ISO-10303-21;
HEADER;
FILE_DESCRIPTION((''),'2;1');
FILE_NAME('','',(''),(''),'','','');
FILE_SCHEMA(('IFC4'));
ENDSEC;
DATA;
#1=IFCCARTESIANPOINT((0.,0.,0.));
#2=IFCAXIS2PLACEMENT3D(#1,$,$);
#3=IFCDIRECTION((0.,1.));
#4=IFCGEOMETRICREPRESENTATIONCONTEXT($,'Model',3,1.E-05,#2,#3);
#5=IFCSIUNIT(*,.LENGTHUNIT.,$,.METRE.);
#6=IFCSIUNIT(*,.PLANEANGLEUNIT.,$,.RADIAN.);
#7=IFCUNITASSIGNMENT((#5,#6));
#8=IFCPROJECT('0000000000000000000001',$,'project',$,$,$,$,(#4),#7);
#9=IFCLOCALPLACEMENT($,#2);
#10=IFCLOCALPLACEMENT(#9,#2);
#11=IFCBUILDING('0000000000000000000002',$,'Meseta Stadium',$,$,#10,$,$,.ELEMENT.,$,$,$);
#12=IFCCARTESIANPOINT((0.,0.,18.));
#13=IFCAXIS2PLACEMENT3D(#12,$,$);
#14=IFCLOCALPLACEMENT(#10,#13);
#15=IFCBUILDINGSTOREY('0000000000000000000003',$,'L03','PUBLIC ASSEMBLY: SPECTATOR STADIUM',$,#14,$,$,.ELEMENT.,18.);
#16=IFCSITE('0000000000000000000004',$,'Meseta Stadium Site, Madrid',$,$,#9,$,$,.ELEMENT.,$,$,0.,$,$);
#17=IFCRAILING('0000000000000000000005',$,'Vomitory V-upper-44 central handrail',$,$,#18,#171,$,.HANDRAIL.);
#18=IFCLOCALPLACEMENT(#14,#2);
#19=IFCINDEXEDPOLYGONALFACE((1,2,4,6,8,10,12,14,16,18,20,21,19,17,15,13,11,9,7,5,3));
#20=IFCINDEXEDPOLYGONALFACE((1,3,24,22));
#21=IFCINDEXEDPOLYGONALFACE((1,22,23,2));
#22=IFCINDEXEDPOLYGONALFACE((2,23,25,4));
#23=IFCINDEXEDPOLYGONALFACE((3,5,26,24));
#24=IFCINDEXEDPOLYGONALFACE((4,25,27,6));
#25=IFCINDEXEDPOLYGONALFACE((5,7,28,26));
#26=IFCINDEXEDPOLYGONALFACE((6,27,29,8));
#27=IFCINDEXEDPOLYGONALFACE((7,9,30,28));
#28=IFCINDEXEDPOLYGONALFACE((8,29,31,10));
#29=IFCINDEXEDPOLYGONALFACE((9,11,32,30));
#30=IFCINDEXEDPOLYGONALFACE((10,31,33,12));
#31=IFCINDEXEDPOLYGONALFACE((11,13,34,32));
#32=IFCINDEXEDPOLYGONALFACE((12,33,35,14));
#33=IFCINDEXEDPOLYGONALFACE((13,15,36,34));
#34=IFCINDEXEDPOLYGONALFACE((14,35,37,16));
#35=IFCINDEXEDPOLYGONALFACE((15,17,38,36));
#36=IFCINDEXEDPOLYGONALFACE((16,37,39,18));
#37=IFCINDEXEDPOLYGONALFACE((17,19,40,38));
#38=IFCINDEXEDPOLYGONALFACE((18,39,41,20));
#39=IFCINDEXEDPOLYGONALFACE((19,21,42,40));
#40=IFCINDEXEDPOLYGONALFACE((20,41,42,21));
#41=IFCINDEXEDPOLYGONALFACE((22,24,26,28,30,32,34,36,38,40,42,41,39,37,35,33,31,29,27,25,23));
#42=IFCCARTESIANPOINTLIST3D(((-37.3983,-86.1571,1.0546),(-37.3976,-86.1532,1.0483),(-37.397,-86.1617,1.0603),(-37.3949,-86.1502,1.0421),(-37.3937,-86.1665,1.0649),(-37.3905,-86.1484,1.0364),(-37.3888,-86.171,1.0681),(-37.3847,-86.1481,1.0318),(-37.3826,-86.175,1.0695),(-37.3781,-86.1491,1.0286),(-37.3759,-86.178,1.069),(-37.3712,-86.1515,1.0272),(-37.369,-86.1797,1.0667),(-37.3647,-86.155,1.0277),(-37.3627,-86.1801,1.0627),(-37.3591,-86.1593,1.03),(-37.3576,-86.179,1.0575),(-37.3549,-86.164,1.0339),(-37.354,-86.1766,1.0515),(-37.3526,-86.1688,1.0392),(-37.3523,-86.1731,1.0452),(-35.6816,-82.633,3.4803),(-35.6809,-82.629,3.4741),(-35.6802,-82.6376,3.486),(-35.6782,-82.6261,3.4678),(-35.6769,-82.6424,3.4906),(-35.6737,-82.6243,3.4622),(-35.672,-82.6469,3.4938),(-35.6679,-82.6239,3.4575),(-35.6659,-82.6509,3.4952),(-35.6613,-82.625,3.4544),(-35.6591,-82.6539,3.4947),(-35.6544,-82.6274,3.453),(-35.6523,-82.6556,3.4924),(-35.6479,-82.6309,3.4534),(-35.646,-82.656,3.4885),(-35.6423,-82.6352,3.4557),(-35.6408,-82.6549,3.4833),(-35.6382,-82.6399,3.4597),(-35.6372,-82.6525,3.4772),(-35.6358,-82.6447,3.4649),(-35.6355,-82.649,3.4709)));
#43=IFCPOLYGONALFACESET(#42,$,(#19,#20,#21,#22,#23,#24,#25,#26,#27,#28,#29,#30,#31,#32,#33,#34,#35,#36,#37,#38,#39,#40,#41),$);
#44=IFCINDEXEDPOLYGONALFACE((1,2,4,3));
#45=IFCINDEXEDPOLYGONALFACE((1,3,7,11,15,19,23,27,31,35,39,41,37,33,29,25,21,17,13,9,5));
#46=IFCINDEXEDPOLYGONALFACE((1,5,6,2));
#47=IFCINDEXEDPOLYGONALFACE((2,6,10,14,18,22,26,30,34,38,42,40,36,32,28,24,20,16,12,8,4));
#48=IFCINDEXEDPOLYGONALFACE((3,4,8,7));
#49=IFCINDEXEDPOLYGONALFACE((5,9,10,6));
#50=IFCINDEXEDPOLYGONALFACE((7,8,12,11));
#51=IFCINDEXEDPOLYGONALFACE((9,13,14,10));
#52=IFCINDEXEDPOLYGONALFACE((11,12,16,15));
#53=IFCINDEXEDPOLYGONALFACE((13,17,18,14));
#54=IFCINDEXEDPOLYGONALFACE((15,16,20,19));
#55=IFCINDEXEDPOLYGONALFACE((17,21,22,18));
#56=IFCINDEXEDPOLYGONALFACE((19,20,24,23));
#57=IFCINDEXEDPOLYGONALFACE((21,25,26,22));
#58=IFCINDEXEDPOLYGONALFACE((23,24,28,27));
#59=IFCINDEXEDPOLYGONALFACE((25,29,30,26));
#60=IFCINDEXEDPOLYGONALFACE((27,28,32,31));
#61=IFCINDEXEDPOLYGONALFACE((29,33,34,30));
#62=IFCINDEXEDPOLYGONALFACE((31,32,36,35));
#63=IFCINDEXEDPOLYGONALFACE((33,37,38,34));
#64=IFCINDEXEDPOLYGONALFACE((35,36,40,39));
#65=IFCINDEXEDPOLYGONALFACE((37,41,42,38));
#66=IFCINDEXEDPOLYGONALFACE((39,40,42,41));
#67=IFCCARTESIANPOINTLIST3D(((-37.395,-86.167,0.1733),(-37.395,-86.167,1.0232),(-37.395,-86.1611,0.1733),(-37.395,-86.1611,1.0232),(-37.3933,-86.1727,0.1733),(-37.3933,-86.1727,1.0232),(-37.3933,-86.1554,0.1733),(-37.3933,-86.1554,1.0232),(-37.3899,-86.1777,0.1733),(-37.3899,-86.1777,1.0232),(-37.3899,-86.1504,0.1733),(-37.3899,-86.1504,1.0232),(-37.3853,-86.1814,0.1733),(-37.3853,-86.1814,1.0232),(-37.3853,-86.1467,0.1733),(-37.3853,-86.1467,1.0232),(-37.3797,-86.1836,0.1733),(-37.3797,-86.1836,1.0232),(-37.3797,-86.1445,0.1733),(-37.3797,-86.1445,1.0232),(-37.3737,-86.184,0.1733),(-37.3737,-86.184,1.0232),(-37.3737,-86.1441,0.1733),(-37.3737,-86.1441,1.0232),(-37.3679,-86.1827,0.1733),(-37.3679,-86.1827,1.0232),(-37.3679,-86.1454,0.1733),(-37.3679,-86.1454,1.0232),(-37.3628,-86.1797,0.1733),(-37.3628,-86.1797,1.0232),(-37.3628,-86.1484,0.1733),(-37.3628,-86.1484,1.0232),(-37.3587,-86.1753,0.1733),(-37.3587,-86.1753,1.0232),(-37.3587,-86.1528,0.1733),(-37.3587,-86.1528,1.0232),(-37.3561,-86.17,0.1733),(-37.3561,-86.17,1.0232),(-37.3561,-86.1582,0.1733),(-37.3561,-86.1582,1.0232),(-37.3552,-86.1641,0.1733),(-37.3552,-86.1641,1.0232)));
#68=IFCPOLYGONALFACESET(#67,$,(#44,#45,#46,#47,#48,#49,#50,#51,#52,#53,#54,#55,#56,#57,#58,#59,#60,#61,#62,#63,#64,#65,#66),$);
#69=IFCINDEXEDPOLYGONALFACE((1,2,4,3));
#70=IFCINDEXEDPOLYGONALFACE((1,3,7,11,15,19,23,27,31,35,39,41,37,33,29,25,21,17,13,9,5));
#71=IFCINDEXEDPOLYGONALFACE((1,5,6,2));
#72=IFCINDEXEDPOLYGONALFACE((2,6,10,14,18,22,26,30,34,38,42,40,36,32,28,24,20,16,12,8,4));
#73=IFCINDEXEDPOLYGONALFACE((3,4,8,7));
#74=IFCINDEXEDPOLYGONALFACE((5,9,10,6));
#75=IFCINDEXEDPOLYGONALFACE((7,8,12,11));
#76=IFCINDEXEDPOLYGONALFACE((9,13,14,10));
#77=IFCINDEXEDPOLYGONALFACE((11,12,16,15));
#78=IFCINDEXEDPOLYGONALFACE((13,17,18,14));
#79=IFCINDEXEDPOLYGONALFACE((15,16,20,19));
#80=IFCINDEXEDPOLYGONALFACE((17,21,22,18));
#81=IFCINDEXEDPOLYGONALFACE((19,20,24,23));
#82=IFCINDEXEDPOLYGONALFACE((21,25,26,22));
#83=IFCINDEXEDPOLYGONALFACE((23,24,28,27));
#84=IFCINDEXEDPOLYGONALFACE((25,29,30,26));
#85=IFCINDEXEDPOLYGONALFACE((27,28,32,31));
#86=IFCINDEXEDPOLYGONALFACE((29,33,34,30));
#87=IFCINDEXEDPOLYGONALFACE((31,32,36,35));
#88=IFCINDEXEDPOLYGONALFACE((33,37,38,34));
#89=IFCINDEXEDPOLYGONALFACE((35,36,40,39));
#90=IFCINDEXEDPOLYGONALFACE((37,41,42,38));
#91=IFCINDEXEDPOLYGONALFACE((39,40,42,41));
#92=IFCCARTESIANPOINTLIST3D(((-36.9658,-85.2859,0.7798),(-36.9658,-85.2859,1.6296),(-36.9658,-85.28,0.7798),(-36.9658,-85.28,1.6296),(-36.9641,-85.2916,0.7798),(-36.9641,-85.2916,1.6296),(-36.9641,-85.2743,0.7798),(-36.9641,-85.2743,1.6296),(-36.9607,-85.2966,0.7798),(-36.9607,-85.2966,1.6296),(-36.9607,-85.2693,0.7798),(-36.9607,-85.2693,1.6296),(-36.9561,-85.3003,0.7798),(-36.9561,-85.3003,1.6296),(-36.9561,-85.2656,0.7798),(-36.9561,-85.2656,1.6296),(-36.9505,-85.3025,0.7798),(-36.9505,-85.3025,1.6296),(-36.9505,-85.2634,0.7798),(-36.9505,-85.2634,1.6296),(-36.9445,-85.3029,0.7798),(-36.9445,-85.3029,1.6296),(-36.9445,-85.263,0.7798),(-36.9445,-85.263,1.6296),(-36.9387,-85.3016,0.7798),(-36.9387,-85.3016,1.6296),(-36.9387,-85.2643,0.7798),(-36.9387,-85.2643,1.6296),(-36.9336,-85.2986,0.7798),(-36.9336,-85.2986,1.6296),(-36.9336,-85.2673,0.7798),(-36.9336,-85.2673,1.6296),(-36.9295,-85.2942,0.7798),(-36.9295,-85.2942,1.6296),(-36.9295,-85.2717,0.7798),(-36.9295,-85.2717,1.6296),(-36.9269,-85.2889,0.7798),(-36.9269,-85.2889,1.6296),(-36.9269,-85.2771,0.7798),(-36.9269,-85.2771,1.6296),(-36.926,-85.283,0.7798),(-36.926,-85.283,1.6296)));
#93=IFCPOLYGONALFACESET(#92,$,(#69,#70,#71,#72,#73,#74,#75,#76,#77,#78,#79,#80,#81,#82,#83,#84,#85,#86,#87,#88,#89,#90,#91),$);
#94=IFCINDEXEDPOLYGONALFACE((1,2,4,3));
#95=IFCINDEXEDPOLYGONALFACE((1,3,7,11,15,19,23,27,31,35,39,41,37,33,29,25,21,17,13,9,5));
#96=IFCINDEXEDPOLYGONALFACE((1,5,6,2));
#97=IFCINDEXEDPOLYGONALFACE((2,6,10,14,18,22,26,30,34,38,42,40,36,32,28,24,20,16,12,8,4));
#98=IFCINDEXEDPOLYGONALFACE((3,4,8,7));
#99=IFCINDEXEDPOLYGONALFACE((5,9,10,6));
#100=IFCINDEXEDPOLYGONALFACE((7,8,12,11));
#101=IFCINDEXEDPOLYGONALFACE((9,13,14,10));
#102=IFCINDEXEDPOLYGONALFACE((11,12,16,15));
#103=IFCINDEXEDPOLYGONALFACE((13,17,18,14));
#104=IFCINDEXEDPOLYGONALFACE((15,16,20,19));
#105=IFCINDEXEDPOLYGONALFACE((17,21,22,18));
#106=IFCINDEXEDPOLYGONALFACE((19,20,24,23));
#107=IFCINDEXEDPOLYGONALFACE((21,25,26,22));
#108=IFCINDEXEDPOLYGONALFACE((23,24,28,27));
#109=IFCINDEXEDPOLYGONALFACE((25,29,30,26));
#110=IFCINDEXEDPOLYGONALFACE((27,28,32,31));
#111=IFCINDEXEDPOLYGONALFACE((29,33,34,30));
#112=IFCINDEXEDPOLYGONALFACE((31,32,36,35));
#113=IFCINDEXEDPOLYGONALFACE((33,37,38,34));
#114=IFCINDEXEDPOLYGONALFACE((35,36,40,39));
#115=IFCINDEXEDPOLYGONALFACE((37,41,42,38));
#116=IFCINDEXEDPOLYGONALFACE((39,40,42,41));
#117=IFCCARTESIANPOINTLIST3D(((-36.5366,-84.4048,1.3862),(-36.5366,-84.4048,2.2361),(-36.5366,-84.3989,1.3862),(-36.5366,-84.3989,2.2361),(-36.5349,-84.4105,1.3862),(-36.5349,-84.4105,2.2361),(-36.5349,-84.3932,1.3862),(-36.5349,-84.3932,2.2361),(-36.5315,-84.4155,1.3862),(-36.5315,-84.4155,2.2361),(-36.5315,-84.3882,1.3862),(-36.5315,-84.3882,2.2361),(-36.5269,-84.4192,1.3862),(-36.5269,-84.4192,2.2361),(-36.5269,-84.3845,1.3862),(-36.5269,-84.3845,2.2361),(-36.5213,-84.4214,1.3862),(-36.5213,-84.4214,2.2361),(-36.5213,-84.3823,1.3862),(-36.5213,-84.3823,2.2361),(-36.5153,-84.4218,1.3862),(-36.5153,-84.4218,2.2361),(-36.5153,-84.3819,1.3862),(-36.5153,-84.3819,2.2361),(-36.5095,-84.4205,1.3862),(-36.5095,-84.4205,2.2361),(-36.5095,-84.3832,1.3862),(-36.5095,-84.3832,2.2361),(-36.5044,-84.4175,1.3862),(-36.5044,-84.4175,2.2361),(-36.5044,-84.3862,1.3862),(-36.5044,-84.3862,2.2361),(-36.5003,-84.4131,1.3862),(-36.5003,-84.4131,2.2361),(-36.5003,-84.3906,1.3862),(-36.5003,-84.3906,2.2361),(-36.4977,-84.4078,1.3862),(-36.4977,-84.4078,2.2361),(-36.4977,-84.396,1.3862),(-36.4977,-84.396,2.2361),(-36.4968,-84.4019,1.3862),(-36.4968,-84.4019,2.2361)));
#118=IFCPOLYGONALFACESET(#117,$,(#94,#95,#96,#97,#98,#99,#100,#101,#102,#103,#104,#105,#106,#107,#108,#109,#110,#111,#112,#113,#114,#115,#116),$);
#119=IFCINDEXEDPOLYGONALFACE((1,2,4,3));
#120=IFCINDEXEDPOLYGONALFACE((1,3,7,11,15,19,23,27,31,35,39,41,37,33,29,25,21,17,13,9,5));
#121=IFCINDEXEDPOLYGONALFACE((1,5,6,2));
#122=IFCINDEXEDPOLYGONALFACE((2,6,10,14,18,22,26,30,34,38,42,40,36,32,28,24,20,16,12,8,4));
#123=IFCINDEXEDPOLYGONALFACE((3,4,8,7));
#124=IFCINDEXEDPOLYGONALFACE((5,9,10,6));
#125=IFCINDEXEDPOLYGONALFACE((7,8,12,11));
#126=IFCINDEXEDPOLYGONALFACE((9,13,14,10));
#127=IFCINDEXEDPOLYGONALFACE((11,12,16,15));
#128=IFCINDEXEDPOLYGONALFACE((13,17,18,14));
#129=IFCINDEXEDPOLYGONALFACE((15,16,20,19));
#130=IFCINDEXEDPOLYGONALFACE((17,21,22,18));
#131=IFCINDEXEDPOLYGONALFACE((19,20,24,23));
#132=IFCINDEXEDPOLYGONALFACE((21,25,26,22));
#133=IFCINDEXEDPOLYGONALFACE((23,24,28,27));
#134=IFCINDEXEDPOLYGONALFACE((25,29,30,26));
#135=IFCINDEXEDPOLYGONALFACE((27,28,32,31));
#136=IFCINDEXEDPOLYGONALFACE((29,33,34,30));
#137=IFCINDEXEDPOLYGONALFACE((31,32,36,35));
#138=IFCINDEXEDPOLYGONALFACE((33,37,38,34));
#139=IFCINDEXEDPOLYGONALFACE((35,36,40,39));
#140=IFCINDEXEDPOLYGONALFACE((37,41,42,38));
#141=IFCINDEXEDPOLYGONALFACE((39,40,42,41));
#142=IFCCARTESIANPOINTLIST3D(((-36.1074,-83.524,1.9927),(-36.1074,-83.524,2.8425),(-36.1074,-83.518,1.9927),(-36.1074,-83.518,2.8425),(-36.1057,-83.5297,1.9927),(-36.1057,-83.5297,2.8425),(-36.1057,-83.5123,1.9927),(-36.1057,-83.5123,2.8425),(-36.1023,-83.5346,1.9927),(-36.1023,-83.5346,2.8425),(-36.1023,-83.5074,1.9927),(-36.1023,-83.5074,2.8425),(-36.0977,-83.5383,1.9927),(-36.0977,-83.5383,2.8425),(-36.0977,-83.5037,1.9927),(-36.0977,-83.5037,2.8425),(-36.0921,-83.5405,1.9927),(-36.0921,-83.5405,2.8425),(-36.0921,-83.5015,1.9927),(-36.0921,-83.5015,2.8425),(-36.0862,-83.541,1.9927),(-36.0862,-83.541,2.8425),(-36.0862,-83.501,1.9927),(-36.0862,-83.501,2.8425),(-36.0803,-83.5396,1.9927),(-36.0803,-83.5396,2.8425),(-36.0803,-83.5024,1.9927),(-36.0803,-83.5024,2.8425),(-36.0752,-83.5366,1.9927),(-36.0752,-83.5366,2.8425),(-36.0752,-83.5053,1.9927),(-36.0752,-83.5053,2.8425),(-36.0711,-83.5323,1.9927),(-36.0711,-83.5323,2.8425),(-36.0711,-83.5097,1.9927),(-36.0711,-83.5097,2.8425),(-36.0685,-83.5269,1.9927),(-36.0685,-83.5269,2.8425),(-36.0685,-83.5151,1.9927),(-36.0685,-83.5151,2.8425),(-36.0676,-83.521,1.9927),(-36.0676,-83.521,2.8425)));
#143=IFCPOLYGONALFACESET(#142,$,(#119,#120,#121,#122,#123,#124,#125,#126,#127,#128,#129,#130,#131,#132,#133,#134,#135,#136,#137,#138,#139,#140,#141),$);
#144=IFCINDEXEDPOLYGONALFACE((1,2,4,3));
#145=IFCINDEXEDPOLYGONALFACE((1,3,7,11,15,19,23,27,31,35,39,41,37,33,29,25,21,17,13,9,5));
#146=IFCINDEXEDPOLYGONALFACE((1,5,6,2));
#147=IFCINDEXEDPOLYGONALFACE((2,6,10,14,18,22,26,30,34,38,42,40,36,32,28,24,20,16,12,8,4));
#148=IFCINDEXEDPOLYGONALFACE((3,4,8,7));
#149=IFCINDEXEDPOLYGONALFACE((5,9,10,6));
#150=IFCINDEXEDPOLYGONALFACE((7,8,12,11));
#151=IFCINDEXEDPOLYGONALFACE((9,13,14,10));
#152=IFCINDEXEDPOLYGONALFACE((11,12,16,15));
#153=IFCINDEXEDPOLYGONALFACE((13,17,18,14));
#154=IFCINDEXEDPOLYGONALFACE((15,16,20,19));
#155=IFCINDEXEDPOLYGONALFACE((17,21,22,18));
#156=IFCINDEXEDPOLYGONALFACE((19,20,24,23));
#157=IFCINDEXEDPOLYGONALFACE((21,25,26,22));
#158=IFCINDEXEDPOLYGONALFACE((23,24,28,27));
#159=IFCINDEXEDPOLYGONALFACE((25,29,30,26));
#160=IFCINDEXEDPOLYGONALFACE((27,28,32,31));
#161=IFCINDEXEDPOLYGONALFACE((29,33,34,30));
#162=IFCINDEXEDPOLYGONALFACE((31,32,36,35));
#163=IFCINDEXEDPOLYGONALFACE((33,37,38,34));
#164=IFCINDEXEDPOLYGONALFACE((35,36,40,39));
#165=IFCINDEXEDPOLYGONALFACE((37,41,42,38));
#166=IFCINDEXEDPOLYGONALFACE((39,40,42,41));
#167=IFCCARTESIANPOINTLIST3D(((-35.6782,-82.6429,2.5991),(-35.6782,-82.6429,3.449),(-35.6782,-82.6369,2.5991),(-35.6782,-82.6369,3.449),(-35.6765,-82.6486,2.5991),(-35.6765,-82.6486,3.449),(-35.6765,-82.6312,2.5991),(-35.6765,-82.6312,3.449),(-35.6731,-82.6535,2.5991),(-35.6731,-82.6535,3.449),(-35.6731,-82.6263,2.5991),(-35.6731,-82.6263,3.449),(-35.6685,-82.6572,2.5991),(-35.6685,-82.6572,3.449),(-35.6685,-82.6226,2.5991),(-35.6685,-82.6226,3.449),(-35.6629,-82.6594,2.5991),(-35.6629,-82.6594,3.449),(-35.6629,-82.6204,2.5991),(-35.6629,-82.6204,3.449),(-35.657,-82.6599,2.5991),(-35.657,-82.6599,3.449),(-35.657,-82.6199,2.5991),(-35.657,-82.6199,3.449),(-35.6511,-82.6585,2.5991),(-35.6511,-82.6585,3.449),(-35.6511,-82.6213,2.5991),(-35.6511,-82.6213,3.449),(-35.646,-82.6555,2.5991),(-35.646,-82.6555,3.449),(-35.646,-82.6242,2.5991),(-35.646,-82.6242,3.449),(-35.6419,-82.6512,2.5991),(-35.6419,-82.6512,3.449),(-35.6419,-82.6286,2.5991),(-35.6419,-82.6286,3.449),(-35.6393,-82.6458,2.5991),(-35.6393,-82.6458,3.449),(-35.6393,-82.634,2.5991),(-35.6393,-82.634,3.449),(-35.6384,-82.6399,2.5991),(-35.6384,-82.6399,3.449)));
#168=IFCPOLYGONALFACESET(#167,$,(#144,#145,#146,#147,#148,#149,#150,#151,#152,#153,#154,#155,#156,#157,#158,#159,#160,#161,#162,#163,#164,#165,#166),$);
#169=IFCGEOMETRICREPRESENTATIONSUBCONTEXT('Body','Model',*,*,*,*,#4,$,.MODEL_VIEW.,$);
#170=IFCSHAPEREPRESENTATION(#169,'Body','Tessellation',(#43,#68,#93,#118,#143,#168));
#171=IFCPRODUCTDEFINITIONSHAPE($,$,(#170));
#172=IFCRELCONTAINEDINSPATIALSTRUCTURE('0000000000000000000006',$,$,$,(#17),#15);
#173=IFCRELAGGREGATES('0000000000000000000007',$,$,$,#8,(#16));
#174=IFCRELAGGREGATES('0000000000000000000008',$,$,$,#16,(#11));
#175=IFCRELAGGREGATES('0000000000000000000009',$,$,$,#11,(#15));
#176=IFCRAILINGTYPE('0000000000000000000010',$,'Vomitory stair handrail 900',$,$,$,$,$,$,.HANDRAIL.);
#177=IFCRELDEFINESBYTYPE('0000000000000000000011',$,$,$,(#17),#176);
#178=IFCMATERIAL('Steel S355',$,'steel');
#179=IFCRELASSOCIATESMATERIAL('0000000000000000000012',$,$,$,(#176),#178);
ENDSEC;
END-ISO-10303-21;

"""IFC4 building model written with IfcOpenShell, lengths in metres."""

from ifc_helpers import new_model, si_unit, direction, frame, origin, origin_2d, place, context, subcontext, project, spatial, circle, extrude, material, type_object, element, save


model = new_model("IFC4")

# Units and contexts
model_context = context("Model", 3, precision=1e-05, world=origin(), true_north=direction((0.0, 1.0)))
body_context = subcontext(model_context, "Body", "Model", "MODEL_VIEW")
ifc_project = project(units=[si_unit("LENGTHUNIT", "METRE"), si_unit("PLANEANGLEUNIT", "RADIAN")], contexts=[model_context])

# Site, building, storey
site_placement = place(None, origin())
site = spatial("IfcSite", under=ifc_project, at=site_placement, Name="Meseta Stadium Site, Madrid", CompositionType="ELEMENT", RefElevation=0.0)
building_placement = place(site_placement, origin())
building = spatial("IfcBuilding", under=site, at=building_placement, Name="Meseta Stadium", CompositionType="ELEMENT")
storey_placement = place(building_placement, frame((0.0, 0.0, 18.0)))
storey = spatial("IfcBuildingStorey", under=building, at=storey_placement, Name="L03", Description="PUBLIC ASSEMBLY: SPECTATOR STADIUM", CompositionType="ELEMENT", Elevation=18.0)

# Railing
ifc_material_1 = material(Name="Steel S355", Category="steel")
railing_type_1 = type_object("IfcRailingType", Name="Vomitory stair handrail 900", PredefinedType="HANDRAIL", material=ifc_material_1)
railing_1_placement = place(storey_placement, frame((-37.3752, -86.1641, 0.1733)))
element("IfcRailing", 1, at=railing_1_placement, inside=storey, type_object=railing_type_1, Name="Vomitory V-upper-44 central handrail", PredefinedType="HANDRAIL", context=body_context, shape_type="SweptSolid", body=[
    extrude(circle(Radius=0.0249, at=origin_2d()), frame((0.0, 0.0, 0.875), z_axis=(0.372412, 0.764471, 0.526206), x_axis=(-0.899001, 0.437947, 0.0)), (0.0, 0.0, 1.0), 4.6099),
    extrude(circle(Radius=0.02, at=origin_2d()), origin(), (0.0, 0.0, 1.0), 0.8499),
    extrude(circle(Radius=0.02, at=origin_2d()), frame((0.4292, 0.8811, 0.6064)), (0.0, 0.0, 1.0), 0.8499),
    extrude(circle(Radius=0.02, at=origin_2d()), frame((0.8584, 1.7622, 1.2129)), (0.0, 0.0, 1.0), 0.8499),
    extrude(circle(Radius=0.02, at=origin_2d()), frame((1.2876, 2.6431, 1.8193)), (0.0, 0.0, 1.0), 0.8499),
    extrude(circle(Radius=0.02, at=origin_2d()), frame((1.7168, 3.5242, 2.4258)), (0.0, 0.0, 1.0), 0.8499),
])

save(model, "model.ifc")
